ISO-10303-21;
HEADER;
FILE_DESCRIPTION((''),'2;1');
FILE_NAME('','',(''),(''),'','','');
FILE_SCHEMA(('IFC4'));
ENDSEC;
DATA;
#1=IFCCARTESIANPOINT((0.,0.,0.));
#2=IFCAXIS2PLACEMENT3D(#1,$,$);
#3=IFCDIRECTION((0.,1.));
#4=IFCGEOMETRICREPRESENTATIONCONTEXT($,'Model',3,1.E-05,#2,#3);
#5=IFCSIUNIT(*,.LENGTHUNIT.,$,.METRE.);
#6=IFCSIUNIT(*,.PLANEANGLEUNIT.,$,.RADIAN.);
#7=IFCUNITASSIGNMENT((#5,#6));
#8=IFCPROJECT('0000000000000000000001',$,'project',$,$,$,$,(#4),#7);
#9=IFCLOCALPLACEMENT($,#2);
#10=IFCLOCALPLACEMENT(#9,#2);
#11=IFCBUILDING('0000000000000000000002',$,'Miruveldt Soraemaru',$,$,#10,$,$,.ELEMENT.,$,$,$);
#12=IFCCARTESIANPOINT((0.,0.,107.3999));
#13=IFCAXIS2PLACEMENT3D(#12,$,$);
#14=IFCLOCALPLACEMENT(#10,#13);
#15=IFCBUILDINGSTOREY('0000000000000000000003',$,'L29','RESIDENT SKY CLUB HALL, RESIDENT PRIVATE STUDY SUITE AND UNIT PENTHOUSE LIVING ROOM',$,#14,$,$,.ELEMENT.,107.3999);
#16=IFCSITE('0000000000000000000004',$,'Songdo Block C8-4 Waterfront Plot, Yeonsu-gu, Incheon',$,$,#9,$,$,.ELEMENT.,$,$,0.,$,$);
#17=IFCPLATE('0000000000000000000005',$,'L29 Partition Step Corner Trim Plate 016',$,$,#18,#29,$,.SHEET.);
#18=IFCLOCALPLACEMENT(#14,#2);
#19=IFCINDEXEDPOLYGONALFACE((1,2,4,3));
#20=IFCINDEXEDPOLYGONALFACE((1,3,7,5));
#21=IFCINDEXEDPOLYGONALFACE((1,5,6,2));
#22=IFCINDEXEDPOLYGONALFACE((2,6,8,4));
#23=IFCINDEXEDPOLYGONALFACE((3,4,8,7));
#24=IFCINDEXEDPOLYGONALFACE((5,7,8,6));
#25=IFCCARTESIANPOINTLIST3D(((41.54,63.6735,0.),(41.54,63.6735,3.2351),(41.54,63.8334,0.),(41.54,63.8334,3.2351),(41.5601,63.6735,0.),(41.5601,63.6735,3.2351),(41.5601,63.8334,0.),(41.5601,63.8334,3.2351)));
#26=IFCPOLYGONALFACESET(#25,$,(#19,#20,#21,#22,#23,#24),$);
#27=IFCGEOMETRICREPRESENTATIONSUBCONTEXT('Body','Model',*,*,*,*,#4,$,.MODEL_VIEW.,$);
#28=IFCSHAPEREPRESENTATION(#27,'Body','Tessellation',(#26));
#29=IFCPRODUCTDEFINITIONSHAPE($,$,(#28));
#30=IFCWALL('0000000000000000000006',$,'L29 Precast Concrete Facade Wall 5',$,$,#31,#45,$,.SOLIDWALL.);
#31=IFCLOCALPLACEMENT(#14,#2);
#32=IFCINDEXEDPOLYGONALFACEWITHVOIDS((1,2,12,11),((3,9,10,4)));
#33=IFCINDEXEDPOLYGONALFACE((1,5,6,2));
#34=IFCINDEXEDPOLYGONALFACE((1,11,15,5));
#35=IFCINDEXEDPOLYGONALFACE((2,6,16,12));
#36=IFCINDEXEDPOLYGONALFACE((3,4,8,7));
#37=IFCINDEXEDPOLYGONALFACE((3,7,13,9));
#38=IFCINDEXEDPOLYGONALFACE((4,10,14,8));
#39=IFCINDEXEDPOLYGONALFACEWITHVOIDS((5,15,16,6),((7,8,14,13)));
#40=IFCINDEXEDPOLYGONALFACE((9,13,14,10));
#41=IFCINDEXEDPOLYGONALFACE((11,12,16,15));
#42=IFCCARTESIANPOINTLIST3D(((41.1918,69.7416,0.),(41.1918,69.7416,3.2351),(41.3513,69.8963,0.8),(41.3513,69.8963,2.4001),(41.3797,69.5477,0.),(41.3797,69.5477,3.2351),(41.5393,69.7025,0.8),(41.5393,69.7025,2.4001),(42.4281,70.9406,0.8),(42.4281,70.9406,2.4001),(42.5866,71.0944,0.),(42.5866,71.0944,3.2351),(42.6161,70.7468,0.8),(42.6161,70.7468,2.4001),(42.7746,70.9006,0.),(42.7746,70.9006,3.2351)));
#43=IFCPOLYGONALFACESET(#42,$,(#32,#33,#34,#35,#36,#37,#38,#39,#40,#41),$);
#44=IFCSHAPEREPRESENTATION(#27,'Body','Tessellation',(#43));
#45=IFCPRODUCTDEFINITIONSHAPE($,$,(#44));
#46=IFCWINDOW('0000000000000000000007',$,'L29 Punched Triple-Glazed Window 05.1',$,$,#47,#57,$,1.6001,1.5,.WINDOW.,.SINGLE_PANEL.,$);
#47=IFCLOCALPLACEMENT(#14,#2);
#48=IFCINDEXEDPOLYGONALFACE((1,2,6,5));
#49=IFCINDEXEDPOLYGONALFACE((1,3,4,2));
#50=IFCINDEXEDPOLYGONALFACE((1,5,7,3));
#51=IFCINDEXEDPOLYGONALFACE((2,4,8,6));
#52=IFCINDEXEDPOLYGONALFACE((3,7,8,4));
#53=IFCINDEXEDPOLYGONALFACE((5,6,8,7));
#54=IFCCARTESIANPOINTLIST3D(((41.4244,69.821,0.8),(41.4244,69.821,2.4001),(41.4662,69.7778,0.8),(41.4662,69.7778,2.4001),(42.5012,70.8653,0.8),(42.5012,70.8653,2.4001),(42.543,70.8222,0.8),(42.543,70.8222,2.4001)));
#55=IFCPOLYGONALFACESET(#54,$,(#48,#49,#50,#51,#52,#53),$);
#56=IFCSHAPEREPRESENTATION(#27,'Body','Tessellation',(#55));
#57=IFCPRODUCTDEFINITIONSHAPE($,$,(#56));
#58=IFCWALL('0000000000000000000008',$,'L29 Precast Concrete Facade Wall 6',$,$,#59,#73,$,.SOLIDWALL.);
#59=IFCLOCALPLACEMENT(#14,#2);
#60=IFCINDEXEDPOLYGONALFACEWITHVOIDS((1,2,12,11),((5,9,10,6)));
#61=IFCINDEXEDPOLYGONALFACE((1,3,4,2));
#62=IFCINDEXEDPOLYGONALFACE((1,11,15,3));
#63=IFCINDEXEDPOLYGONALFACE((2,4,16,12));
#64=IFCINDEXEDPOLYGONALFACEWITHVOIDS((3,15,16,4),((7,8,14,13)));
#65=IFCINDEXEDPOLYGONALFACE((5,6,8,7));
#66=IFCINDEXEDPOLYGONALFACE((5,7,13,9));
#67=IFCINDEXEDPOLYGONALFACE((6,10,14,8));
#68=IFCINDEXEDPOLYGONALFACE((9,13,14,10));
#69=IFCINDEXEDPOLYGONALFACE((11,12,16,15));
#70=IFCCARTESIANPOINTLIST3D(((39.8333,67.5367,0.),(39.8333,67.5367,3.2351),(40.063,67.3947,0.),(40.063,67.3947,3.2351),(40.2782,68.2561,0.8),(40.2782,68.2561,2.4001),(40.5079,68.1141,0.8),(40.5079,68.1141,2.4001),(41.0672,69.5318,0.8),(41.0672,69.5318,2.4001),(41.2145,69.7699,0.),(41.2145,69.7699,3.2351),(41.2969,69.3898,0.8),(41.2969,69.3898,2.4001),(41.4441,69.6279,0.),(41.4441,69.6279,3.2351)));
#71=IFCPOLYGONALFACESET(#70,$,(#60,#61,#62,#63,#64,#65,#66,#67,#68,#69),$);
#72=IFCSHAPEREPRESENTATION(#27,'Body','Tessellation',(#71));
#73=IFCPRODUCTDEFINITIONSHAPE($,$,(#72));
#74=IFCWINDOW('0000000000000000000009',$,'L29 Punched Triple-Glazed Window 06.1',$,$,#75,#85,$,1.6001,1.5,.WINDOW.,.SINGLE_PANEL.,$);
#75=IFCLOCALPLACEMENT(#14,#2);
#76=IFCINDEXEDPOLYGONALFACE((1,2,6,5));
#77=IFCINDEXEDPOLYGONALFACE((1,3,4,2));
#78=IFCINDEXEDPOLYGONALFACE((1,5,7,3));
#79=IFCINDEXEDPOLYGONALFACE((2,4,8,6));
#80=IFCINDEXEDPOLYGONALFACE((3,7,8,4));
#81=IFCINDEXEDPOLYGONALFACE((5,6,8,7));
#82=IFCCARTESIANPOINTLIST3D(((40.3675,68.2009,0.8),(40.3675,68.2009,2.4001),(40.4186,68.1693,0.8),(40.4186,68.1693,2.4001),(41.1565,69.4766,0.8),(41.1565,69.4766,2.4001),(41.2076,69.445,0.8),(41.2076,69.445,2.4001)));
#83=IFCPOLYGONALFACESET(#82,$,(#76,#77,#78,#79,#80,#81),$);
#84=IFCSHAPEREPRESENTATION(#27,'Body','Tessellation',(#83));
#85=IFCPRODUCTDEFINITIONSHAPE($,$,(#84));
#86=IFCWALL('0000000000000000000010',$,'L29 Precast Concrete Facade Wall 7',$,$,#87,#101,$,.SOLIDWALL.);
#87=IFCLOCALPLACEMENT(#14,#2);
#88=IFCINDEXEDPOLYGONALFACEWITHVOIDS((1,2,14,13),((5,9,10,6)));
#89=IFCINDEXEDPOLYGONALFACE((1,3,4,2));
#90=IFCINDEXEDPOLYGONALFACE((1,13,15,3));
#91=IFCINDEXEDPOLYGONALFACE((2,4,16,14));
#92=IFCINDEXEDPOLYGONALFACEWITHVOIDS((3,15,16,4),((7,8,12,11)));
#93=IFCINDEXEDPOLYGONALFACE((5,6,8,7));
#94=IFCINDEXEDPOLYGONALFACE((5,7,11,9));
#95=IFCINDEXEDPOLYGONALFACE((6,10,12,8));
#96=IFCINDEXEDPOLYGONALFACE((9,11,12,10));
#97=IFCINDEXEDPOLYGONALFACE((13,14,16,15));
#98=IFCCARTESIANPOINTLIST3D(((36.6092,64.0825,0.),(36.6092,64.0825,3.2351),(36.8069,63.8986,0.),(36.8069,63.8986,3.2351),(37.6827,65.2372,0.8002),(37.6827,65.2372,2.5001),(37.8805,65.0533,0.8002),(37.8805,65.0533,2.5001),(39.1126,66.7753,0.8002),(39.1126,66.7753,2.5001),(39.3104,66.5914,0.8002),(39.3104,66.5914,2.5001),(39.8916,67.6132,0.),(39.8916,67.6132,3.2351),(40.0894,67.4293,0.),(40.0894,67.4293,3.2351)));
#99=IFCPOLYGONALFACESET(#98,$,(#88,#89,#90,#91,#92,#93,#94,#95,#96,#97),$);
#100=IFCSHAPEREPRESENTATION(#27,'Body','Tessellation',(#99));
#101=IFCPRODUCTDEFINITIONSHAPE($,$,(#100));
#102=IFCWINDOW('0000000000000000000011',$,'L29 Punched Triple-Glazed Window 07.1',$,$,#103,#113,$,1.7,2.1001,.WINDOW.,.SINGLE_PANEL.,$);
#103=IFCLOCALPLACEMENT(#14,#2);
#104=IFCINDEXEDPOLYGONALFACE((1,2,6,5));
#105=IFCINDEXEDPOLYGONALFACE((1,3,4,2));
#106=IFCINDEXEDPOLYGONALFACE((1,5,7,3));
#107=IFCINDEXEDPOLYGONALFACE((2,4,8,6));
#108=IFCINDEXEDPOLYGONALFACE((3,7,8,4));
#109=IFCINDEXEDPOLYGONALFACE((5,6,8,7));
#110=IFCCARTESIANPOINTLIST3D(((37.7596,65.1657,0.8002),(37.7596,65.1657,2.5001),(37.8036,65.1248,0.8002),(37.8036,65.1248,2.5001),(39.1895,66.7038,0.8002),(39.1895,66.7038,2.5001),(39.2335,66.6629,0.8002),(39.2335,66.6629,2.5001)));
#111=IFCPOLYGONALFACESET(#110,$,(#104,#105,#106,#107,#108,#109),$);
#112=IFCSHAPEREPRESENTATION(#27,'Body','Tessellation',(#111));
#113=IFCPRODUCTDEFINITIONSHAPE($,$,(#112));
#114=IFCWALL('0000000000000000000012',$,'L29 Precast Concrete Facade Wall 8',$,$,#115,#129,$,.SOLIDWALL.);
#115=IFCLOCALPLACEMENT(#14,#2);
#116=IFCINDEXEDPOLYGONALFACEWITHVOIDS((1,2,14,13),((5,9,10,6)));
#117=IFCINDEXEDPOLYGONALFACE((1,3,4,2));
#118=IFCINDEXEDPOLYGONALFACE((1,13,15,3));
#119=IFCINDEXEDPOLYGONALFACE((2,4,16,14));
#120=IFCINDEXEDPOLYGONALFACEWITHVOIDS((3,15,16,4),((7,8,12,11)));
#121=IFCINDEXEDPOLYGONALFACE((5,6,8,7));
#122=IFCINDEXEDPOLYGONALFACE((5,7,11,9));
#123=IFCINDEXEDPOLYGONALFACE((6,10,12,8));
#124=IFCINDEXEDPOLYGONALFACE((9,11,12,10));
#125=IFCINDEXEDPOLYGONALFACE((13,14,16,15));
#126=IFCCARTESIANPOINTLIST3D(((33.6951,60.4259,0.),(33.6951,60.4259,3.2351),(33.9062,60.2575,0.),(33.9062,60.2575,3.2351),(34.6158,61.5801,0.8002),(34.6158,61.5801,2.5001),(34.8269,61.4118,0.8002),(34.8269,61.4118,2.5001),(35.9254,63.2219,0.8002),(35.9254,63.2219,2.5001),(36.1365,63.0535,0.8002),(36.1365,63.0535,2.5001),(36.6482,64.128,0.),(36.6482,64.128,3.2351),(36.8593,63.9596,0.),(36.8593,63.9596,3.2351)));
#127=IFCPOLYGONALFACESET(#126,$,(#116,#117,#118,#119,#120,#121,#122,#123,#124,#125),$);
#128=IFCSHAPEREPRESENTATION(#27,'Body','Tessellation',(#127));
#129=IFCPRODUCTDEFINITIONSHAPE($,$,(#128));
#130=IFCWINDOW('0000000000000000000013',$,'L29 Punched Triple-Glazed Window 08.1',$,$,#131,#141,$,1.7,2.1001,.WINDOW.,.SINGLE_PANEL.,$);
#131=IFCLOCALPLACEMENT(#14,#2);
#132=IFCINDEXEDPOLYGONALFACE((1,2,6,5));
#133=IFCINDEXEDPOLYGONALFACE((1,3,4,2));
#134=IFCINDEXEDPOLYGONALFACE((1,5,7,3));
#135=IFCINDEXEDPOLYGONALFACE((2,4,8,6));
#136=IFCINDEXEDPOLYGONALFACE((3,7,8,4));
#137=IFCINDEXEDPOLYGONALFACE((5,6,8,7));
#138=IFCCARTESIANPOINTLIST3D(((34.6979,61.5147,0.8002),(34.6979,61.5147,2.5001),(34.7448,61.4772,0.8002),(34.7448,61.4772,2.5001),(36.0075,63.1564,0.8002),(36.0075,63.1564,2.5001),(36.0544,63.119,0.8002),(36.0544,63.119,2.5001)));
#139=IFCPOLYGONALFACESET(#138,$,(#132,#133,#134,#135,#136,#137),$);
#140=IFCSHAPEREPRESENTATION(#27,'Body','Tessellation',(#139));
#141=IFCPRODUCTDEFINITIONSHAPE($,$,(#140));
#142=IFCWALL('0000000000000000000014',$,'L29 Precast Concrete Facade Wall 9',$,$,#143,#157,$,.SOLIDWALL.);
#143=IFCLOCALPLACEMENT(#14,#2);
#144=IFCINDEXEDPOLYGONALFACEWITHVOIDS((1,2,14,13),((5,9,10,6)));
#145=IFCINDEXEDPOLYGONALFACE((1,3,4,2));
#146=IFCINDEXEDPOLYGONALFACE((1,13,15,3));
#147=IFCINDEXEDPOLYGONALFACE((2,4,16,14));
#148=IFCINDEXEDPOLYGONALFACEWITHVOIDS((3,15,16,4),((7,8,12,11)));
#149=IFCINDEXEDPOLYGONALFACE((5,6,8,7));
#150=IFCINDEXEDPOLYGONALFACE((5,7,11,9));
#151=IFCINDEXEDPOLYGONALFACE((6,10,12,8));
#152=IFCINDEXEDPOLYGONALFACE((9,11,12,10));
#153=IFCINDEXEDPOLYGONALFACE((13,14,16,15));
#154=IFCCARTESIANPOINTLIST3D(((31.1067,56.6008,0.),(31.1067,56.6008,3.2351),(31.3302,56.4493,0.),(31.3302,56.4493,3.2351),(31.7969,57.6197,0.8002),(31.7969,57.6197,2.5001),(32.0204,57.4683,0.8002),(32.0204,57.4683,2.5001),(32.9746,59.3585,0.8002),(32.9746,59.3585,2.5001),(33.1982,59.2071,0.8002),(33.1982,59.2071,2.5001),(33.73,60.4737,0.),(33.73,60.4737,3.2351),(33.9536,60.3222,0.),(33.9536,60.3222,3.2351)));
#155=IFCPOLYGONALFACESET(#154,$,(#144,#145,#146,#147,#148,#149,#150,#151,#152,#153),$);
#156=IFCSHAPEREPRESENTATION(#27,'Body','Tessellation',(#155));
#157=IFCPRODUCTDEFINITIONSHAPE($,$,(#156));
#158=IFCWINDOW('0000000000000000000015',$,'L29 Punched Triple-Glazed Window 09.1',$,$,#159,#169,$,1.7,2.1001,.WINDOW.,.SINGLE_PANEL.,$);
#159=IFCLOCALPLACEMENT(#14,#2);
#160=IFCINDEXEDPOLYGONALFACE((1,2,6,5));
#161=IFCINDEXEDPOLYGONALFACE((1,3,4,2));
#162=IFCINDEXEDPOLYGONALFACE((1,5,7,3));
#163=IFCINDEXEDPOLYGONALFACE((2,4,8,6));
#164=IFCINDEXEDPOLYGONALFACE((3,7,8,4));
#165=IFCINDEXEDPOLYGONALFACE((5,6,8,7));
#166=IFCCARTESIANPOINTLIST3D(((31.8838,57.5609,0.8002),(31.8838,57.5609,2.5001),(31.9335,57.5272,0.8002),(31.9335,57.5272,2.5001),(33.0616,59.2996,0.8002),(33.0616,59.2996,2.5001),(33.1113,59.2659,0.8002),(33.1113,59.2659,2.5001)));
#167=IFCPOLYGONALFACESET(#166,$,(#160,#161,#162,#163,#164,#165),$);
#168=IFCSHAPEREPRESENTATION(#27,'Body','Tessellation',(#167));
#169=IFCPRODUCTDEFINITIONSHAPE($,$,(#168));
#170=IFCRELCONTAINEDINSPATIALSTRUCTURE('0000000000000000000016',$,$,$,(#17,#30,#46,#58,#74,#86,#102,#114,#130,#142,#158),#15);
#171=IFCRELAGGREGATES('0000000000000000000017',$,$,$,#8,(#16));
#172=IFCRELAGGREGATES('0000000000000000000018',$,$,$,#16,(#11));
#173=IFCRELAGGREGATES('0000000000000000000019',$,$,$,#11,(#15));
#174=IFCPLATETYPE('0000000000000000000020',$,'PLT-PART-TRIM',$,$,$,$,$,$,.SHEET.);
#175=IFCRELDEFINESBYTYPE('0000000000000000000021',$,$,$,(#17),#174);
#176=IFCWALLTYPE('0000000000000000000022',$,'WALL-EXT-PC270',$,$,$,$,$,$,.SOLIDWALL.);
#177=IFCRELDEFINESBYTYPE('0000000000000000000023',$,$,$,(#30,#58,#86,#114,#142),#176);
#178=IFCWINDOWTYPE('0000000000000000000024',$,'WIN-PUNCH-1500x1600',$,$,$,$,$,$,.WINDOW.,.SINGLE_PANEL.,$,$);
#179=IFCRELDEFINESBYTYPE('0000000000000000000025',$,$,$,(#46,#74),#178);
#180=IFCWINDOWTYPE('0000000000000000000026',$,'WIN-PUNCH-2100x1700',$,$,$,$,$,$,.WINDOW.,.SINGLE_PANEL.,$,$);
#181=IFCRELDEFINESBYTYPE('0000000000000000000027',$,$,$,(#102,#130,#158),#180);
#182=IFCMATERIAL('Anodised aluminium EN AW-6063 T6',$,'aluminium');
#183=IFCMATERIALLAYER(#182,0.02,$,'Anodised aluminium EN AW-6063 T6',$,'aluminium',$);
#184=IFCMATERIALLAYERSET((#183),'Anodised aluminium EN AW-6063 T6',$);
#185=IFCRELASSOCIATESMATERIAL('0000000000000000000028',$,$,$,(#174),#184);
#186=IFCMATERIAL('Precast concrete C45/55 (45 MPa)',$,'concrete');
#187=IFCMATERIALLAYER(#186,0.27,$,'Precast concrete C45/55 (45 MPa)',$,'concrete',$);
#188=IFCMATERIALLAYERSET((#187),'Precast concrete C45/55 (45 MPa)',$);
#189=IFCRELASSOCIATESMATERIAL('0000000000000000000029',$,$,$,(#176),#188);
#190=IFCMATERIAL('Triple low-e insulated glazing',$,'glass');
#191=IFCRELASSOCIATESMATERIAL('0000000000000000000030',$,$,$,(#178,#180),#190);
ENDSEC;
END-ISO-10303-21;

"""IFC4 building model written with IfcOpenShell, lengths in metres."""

from ifc_helpers import new_model, si_unit, direction, frame, frame_2d, origin, origin_2d, place, context, subcontext, project, spatial, rectangle, extrude, material, layer, layer_set, type_object, element, fill, save


model = new_model("IFC4")

# Units and contexts
model_context = context("Model", 3, precision=1e-05, world=origin(), true_north=direction((0.0, 1.0)))
body_context = subcontext(model_context, "Body", "Model", "MODEL_VIEW")
ifc_project = project(units=[si_unit("LENGTHUNIT", "METRE"), si_unit("PLANEANGLEUNIT", "RADIAN")], contexts=[model_context])

# Site, building, storey
site_placement = place(None, origin())
site = spatial("IfcSite", under=ifc_project, at=site_placement, Name="Songdo Block C8-4 Waterfront Plot, Yeonsu-gu, Incheon", CompositionType="ELEMENT", RefElevation=0.0)
building_placement = place(site_placement, origin())
building = spatial("IfcBuilding", under=site, at=building_placement, Name="Miruveldt Soraemaru", CompositionType="ELEMENT")
storey_placement = place(building_placement, frame((0.0, 0.0, 107.3999)))
storey = spatial("IfcBuildingStorey", under=building, at=storey_placement, Name="L29", Description="RESIDENT SKY CLUB HALL, RESIDENT PRIVATE STUDY SUITE AND UNIT PENTHOUSE LIVING ROOM", CompositionType="ELEMENT", Elevation=107.3999)

# Plate
ifc_material_1 = material(Name="Anodised aluminium EN AW-6063 T6", Category="aluminium")
ifc_layer_1 = layer(ifc_material_1, 0.02, Name="Anodised aluminium EN AW-6063 T6", Category="aluminium")
ifc_layer_set_1 = layer_set([ifc_layer_1], Name="Anodised aluminium EN AW-6063 T6")
plate_type = type_object("IfcPlateType", Name="PLT-PART-TRIM", PredefinedType="SHEET", material=ifc_layer_set_1)
plate_placement = place(storey_placement, frame((41.55, 63.7534, 0.0), z_axis=(0.0, 0.0, 1.0), x_axis=(0.0, -1.0, 0.0)))
element("IfcPlate", 1, at=plate_placement, inside=storey, type_object=plate_type, Name="L29 Partition Step Corner Trim Plate 016", PredefinedType="SHEET", context=body_context, shape_type="SweptSolid", body=[
    extrude(rectangle(XDim=0.1599, YDim=0.02, at=origin_2d()), origin(), (0.0, 0.0, 1.0), 3.2351),
])

# Walls, openings, windows
ifc_material_2 = material(Name="Precast concrete C45/55 (45 MPa)", Category="concrete")
ifc_layer_2 = layer(ifc_material_2, 0.27, Name="Precast concrete C45/55 (45 MPa)", Category="concrete")
ifc_layer_set_2 = layer_set([ifc_layer_2], Name="Precast concrete C45/55 (45 MPa)")
wall_type_1 = type_object("IfcWallType", Name="WALL-EXT-PC270", PredefinedType="SOLIDWALL", material=ifc_layer_set_2)
wall_1_placement = place(storey_placement, frame((42.6807, 70.9976, 0.0), z_axis=(0.0, 0.0, 1.0), x_axis=(-0.71783, -0.696218, 0.0)))
wall_1 = element("IfcWall", 2, at=wall_1_placement, inside=storey, type_object=wall_type_1, Name="L29 Precast Concrete Facade Wall 5", PredefinedType="SOLIDWALL", context=body_context, shape_type="SweptSolid", body=[
    extrude(rectangle(XDim=1.9431, YDim=0.27, at=frame_2d((0.9717, 0.0))), origin(), (0.0, 0.0, 1.0), 3.2351),
])
opening_1_placement = place(wall_1_placement, frame((0.2209, 0.0, 0.8)))
opening_1 = element("IfcOpeningElement", 3, at=opening_1_placement, cuts=wall_1, PredefinedType="OPENING", context=body_context, shape_type="SweptSolid", body=[
    extrude(rectangle(XDim=1.5, YDim=1.6001, at=frame_2d((0.75, 0.8))), frame((0.0, 0.145, 0.0), z_axis=(0.0, -1.0, 0.0), x_axis=(1.0, 0.0, 0.0)), (0.0, 0.0, 1.0), 0.29),
])
ifc_material_3 = material(Name="Triple low-e insulated glazing", Category="glass")
window_type_1 = type_object("IfcWindowType", Name="WIN-PUNCH-1500x1600", PartitioningType="SINGLE_PANEL", PredefinedType="WINDOW", material=ifc_material_3)
window_1_placement = place(opening_1_placement, origin())
window_1 = element("IfcWindow", 4, at=window_1_placement, inside=storey, type_object=window_type_1, Name="L29 Punched Triple-Glazed Window 05.1", OverallHeight=1.6001, OverallWidth=1.5, PartitioningType="SINGLE_PANEL", PredefinedType="WINDOW", context=body_context, shape_type="SweptSolid", body=[
    extrude(rectangle(XDim=1.5, YDim=1.6001, at=frame_2d((0.75, 0.8))), frame((0.0, 0.03, 0.0), z_axis=(0.0, -1.0, 0.0), x_axis=(1.0, 0.0, 0.0)), (0.0, 0.0, 1.0), 0.0601),
])
fill(opening_1, window_1)
wall_2_placement = place(storey_placement, frame((41.3293, 69.699, 0.0), z_axis=(0.0, 0.0, 1.0), x_axis=(-0.52599, -0.850491, 0.0)))
wall_2 = element("IfcWall", 5, at=wall_2_placement, inside=storey, type_object=wall_type_1, Name="L29 Precast Concrete Facade Wall 6", PredefinedType="SOLIDWALL", context=body_context, shape_type="SweptSolid", body=[
    extrude(rectangle(XDim=2.6257, YDim=0.27, at=frame_2d((1.313, 0.0))), origin(), (0.0, 0.0, 1.0), 3.2351),
])
opening_2_placement = place(wall_2_placement, frame((0.28, 0.0, 0.8)))
opening_2 = element("IfcOpeningElement", 6, at=opening_2_placement, cuts=wall_2, PredefinedType="OPENING", context=body_context, shape_type="SweptSolid", body=[
    extrude(rectangle(XDim=1.5, YDim=1.6001, at=frame_2d((0.75, 0.8))), frame((0.0, 0.145, 0.0), z_axis=(0.0, -1.0, 0.0), x_axis=(1.0, 0.0, 0.0)), (0.0, 0.0, 1.0), 0.29),
])
window_2_placement = place(opening_2_placement, origin())
window_2 = element("IfcWindow", 7, at=window_2_placement, inside=storey, type_object=window_type_1, Name="L29 Punched Triple-Glazed Window 06.1", OverallHeight=1.6001, OverallWidth=1.5, PartitioningType="SINGLE_PANEL", PredefinedType="WINDOW", context=body_context, shape_type="SweptSolid", body=[
    extrude(rectangle(XDim=1.5, YDim=1.6001, at=frame_2d((0.75, 0.8))), frame((0.0, 0.03, 0.0), z_axis=(0.0, -1.0, 0.0), x_axis=(1.0, 0.0, 0.0)), (0.0, 0.0, 1.0), 0.0601),
])
fill(opening_2, window_2)
wall_3_placement = place(storey_placement, frame((39.9905, 67.5212, 0.0), z_axis=(0.0, 0.0, 1.0), x_axis=(-0.680886, -0.732389, 0.0)))
wall_3 = element("IfcWall", 8, at=wall_3_placement, inside=storey, type_object=wall_type_1, Name="L29 Precast Concrete Facade Wall 7", PredefinedType="SOLIDWALL", context=body_context, shape_type="SweptSolid", body=[
    extrude(rectangle(XDim=4.8208, YDim=0.27, at=frame_2d((2.4104, 0.0))), origin(), (0.0, 0.0, 1.0), 3.2351),
])
opening_3_placement = place(wall_3_placement, frame((1.144, 0.0, 0.8)))
opening_3 = element("IfcOpeningElement", 9, at=opening_3_placement, cuts=wall_3, PredefinedType="OPENING", context=body_context, shape_type="SweptSolid", body=[
    extrude(rectangle(XDim=2.1001, YDim=1.7, at=frame_2d((1.05, 0.8501))), frame((0.0, 0.145, 0.0), z_axis=(0.0, -1.0, 0.0), x_axis=(1.0, 0.0, 0.0)), (0.0, 0.0, 1.0), 0.29),
])
window_type_2 = type_object("IfcWindowType", Name="WIN-PUNCH-2100x1700", PartitioningType="SINGLE_PANEL", PredefinedType="WINDOW", material=ifc_material_3)
window_3_placement = place(opening_3_placement, origin())
window_3 = element("IfcWindow", 10, at=window_3_placement, inside=storey, type_object=window_type_2, Name="L29 Punched Triple-Glazed Window 07.1", OverallHeight=1.7, OverallWidth=2.1001, PartitioningType="SINGLE_PANEL", PredefinedType="WINDOW", context=body_context, shape_type="SweptSolid", body=[
    extrude(rectangle(XDim=2.1001, YDim=1.7, at=frame_2d((1.05, 0.8501))), frame((0.0, 0.03, 0.0), z_axis=(0.0, -1.0, 0.0), x_axis=(1.0, 0.0, 0.0)), (0.0, 0.0, 1.0), 0.0601),
])
fill(opening_3, window_3)
wall_4_placement = place(storey_placement, frame((36.7537, 64.0437, 0.0), z_axis=(0.0, 0.0, 1.0), x_axis=(-0.623588, -0.781753, 0.0)))
wall_4 = element("IfcWall", 11, at=wall_4_placement, inside=storey, type_object=wall_type_1, Name="L29 Precast Concrete Facade Wall 8", PredefinedType="SOLIDWALL", context=body_context, shape_type="SweptSolid", body=[
    extrude(rectangle(XDim=4.7356, YDim=0.27, at=frame_2d((2.3677, 0.0))), origin(), (0.0, 0.0, 1.0), 3.2351),
])
opening_4_placement = place(wall_4_placement, frame((1.1589, 0.0, 0.8)))
opening_4 = element("IfcOpeningElement", 12, at=opening_4_placement, cuts=wall_4, PredefinedType="OPENING", context=body_context, shape_type="SweptSolid", body=[
    extrude(rectangle(XDim=2.1001, YDim=1.7, at=frame_2d((1.05, 0.8501))), frame((0.0, 0.145, 0.0), z_axis=(0.0, -1.0, 0.0), x_axis=(1.0, 0.0, 0.0)), (0.0, 0.0, 1.0), 0.29),
])
window_4_placement = place(opening_4_placement, origin())
window_4 = element("IfcWindow", 13, at=window_4_placement, inside=storey, type_object=window_type_2, Name="L29 Punched Triple-Glazed Window 08.1", OverallHeight=1.7, OverallWidth=2.1001, PartitioningType="SINGLE_PANEL", PredefinedType="WINDOW", context=body_context, shape_type="SweptSolid", body=[
    extrude(rectangle(XDim=2.1001, YDim=1.7, at=frame_2d((1.05, 0.8501))), frame((0.0, 0.03, 0.0), z_axis=(0.0, -1.0, 0.0), x_axis=(1.0, 0.0, 0.0)), (0.0, 0.0, 1.0), 0.0601),
])
fill(opening_4, window_4)
wall_5_placement = place(storey_placement, frame((33.8418, 60.3979, 0.0), z_axis=(0.0, 0.0, 1.0), x_axis=(-0.560816, -0.827941, 0.0)))
wall_5 = element("IfcWall", 14, at=wall_5_placement, inside=storey, type_object=wall_type_1, Name="L29 Precast Concrete Facade Wall 9", PredefinedType="SOLIDWALL", context=body_context, shape_type="SweptSolid", body=[
    extrude(rectangle(XDim=4.6777, YDim=0.27, at=frame_2d((2.3389, 0.0))), origin(), (0.0, 0.0, 1.0), 3.2351),
])
opening_5_placement = place(wall_5_placement, frame((1.3469, 0.0, 0.8)))
opening_5 = element("IfcOpeningElement", 15, at=opening_5_placement, cuts=wall_5, PredefinedType="OPENING", context=body_context, shape_type="SweptSolid", body=[
    extrude(rectangle(XDim=2.1001, YDim=1.7, at=frame_2d((1.05, 0.8501))), frame((0.0, 0.145, 0.0), z_axis=(0.0, -1.0, 0.0), x_axis=(1.0, 0.0, 0.0)), (0.0, 0.0, 1.0), 0.29),
])
window_5_placement = place(opening_5_placement, origin())
window_5 = element("IfcWindow", 16, at=window_5_placement, inside=storey, type_object=window_type_2, Name="L29 Punched Triple-Glazed Window 09.1", OverallHeight=1.7, OverallWidth=2.1001, PartitioningType="SINGLE_PANEL", PredefinedType="WINDOW", context=body_context, shape_type="SweptSolid", body=[
    extrude(rectangle(XDim=2.1001, YDim=1.7, at=frame_2d((1.05, 0.8501))), frame((0.0, 0.03, 0.0), z_axis=(0.0, -1.0, 0.0), x_axis=(1.0, 0.0, 0.0)), (0.0, 0.0, 1.0), 0.0601),
])
fill(opening_5, window_5)

save(model, "model.ifc")
